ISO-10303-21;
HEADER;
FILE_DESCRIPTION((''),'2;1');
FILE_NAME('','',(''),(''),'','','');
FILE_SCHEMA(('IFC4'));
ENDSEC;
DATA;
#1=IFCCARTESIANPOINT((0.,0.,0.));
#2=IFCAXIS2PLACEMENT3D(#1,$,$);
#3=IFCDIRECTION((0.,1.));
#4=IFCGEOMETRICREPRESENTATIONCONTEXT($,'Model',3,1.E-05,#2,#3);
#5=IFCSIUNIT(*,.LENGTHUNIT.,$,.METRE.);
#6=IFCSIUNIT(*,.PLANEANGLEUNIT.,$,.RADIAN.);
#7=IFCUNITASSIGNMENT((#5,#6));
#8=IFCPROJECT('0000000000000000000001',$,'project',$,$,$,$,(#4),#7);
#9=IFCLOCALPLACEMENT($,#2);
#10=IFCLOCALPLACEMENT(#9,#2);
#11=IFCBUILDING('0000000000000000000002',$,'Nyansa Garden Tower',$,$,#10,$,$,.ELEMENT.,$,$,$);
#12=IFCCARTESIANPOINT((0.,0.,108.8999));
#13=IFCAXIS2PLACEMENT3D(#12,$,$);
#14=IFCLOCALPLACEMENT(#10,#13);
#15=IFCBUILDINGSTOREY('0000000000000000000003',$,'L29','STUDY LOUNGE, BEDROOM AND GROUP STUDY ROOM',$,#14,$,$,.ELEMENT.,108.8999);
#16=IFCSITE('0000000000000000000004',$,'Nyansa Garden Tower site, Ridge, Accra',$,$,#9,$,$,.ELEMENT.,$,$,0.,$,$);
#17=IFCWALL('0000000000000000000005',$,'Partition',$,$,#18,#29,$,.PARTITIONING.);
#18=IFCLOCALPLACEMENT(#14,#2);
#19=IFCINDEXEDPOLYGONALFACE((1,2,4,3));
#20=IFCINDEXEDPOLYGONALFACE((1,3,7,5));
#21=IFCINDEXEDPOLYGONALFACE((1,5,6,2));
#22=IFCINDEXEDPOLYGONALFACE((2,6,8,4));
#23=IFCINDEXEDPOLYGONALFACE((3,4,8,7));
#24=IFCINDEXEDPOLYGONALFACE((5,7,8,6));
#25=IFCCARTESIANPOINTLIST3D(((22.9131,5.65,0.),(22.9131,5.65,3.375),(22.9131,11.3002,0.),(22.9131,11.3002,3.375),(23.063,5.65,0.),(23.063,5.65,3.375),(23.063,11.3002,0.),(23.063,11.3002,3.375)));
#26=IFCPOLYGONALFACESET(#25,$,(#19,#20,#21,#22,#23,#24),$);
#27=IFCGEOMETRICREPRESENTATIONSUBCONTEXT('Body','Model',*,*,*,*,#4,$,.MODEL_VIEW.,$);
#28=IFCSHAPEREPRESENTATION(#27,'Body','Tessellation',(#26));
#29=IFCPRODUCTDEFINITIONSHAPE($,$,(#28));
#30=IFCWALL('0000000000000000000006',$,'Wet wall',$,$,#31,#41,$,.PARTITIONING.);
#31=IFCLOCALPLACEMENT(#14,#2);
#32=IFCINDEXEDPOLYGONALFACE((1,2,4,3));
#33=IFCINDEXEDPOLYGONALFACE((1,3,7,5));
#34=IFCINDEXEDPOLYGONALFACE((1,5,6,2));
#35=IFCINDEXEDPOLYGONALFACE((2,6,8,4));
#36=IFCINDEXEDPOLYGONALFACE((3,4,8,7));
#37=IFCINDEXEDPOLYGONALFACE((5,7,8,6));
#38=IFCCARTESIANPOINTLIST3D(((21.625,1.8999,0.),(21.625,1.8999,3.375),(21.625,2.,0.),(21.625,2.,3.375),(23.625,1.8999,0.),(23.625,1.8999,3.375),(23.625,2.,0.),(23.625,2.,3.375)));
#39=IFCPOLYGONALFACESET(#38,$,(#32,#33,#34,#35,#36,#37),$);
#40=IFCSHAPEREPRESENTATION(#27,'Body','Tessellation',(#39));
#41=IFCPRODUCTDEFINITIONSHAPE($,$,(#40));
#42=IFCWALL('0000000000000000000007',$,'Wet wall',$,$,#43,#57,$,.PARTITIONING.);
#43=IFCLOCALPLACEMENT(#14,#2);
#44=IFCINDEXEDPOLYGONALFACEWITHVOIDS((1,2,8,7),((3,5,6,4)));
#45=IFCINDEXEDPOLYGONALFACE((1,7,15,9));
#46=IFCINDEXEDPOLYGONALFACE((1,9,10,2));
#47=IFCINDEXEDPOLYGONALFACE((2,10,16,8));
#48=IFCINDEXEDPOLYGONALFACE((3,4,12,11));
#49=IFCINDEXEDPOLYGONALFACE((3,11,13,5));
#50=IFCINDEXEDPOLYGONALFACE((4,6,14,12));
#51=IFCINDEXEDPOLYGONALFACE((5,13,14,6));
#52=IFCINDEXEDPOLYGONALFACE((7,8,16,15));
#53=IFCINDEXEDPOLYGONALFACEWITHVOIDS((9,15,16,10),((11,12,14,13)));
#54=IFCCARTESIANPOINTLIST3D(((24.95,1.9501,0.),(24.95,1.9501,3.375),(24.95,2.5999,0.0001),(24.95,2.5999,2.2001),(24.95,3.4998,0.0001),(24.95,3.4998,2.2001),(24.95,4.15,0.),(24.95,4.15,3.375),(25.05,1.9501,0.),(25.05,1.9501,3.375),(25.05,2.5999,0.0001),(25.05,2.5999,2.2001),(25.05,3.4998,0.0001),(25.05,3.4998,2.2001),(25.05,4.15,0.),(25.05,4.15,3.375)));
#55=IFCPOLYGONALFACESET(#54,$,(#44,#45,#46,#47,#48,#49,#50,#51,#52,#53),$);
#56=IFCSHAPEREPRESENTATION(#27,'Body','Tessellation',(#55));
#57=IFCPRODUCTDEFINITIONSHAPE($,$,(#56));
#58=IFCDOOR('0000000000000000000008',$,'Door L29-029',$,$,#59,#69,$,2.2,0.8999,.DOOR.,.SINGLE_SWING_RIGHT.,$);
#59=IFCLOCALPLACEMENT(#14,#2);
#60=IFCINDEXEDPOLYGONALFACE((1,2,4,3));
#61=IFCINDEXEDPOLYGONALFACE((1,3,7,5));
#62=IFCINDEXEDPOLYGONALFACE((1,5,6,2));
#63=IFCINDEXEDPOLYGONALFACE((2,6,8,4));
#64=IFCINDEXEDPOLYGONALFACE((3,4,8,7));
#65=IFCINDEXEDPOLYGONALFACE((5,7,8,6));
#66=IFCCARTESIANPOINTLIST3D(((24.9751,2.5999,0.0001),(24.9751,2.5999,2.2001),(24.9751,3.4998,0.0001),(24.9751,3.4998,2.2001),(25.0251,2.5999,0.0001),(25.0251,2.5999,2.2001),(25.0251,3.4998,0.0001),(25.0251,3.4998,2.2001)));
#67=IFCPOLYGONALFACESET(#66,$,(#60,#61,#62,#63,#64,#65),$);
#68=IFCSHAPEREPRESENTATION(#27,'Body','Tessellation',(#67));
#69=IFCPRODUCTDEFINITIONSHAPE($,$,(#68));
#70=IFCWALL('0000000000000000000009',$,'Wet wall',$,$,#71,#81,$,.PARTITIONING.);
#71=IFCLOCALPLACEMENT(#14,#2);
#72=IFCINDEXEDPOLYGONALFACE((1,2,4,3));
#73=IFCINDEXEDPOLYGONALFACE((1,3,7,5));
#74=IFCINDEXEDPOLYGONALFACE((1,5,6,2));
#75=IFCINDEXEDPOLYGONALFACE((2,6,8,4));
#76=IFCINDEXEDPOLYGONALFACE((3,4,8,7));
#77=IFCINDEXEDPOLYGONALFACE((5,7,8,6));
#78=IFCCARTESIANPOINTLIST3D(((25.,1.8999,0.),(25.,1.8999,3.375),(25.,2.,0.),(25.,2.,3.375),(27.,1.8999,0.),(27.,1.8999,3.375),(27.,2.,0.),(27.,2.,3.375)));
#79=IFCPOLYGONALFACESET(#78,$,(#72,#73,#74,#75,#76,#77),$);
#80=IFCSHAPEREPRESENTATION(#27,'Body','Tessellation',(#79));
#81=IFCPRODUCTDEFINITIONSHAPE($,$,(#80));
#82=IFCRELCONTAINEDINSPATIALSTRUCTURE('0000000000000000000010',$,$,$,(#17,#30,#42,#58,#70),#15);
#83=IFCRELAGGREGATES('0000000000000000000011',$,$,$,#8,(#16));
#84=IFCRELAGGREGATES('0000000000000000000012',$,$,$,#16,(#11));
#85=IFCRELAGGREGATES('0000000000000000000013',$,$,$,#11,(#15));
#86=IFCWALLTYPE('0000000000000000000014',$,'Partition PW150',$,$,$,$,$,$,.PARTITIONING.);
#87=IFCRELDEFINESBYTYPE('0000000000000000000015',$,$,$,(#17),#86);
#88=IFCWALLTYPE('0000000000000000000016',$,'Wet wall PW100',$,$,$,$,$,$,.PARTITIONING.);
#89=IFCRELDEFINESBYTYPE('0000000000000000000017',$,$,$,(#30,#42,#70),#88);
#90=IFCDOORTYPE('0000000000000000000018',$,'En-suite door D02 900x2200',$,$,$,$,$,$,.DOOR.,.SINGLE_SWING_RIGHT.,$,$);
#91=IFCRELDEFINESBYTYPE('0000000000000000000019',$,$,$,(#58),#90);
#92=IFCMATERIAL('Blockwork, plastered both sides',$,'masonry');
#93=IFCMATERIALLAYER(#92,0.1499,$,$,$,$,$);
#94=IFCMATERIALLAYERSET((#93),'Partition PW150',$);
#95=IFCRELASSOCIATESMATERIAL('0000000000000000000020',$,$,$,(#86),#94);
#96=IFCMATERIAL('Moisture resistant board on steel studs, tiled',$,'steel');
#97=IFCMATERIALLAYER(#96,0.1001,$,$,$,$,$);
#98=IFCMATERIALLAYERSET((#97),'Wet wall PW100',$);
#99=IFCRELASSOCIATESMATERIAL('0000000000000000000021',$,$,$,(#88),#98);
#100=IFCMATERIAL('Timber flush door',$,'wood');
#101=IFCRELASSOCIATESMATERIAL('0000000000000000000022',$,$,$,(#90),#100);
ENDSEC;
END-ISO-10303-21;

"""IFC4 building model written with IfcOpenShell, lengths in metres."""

from ifc_helpers import new_model, si_unit, direction, frame, frame_2d, origin, place, context, subcontext, project, spatial, rectangle, extrude, material, layer, layer_set, type_object, element, fill, save


model = new_model("IFC4")

# Units and contexts
model_context = context("Model", 3, precision=1e-05, world=origin(), true_north=direction((0.0, 1.0)))
body_context = subcontext(model_context, "Body", "Model", "MODEL_VIEW")
ifc_project = project(units=[si_unit("LENGTHUNIT", "METRE"), si_unit("PLANEANGLEUNIT", "RADIAN")], contexts=[model_context])

# Site, building, storey
site_placement = place(None, origin())
site = spatial("IfcSite", under=ifc_project, at=site_placement, Name="Nyansa Garden Tower site, Ridge, Accra", CompositionType="ELEMENT", RefElevation=0.0)
building_placement = place(site_placement, origin())
building = spatial("IfcBuilding", under=site, at=building_placement, Name="Nyansa Garden Tower", CompositionType="ELEMENT")
storey_placement = place(building_placement, frame((0.0, 0.0, 108.8999)))
storey = spatial("IfcBuildingStorey", under=building, at=storey_placement, Name="L29", Description="STUDY LOUNGE, BEDROOM AND GROUP STUDY ROOM", CompositionType="ELEMENT", Elevation=108.8999)

# Shared definitions
ifc_material_1 = material(Name="Blockwork, plastered both sides", Category="masonry")
ifc_layer_1 = layer(ifc_material_1, 0.1499)
ifc_layer_set_1 = layer_set([ifc_layer_1], Name="Partition PW150")
wall_type_1 = type_object("IfcWallType", Name="Partition PW150", PredefinedType="PARTITIONING", material=ifc_layer_set_1)

# Walls
wall_1_placement = place(storey_placement, frame((22.988, 5.6499, 0.0), z_axis=(0.0, 0.0, 1.0), x_axis=(0.0, 1.0, 0.0)))
element("IfcWall", 1, at=wall_1_placement, inside=storey, type_object=wall_type_1, Name="Partition", PredefinedType="PARTITIONING", context=body_context, shape_type="SweptSolid", body=[
    extrude(rectangle(XDim=5.6501, YDim=0.1499, at=frame_2d((2.8252, 0.0))), origin(), (0.0, 0.0, 1.0), 3.375),
])
ifc_material_2 = material(Name="Moisture resistant board on steel studs, tiled", Category="steel")
ifc_layer_2 = layer(ifc_material_2, 0.1001)
ifc_layer_set_2 = layer_set([ifc_layer_2], Name="Wet wall PW100")
wall_type_2 = type_object("IfcWallType", Name="Wet wall PW100", PredefinedType="PARTITIONING", material=ifc_layer_set_2)
wall_2_placement = place(storey_placement, frame((21.625, 1.95, 0.0), z_axis=(0.0, 0.0, 1.0), x_axis=(1.0, 0.0, 0.0)))
element("IfcWall", 2, at=wall_2_placement, inside=storey, type_object=wall_type_2, Name="Wet wall", PredefinedType="PARTITIONING", context=body_context, shape_type="SweptSolid", body=[
    extrude(rectangle(XDim=2.0, YDim=0.1001, at=frame_2d((1.0, 0.0))), origin(), (0.0, 0.0, 1.0), 3.375),
])

# Wall, opening, door
wall_3_placement = place(storey_placement, frame((25.0, 1.95, 0.0), z_axis=(0.0, 0.0, 1.0), x_axis=(0.0, 1.0, 0.0)))
wall_3 = element("IfcWall", 3, at=wall_3_placement, inside=storey, type_object=wall_type_2, Name="Wet wall", PredefinedType="PARTITIONING", context=body_context, shape_type="SweptSolid", body=[
    extrude(rectangle(XDim=2.2, YDim=0.1001, at=frame_2d((1.1001, 0.0))), origin(), (0.0, 0.0, 1.0), 3.375),
])
opening_1_placement = place(wall_3_placement, frame((0.6499, 0.0, 0.0)))
opening_1 = element("IfcOpeningElement", 4, at=opening_1_placement, cuts=wall_3, PredefinedType="OPENING", context=body_context, shape_type="SweptSolid", body=[
    extrude(rectangle(XDim=0.8999, YDim=2.2, at=frame_2d((0.45, 1.1001))), frame((0.0, 0.0601, 0.0), z_axis=(0.0, -1.0, 0.0), x_axis=(1.0, 0.0, 0.0)), (0.0, 0.0, 1.0), 0.1201),
])
ifc_material_3 = material(Name="Timber flush door", Category="wood")
door_type_1 = type_object("IfcDoorType", Name="En-suite door D02 900x2200", OperationType="SINGLE_SWING_RIGHT", PredefinedType="DOOR", material=ifc_material_3)
door_1_placement = place(opening_1_placement, origin())
door_1 = element("IfcDoor", 5, at=door_1_placement, inside=storey, type_object=door_type_1, Name="Door L29-029", OperationType="SINGLE_SWING_RIGHT", OverallHeight=2.2, OverallWidth=0.8999, PredefinedType="DOOR", context=body_context, shape_type="SweptSolid", body=[
    extrude(rectangle(XDim=0.8999, YDim=2.2, at=frame_2d((0.45, 1.1001))), frame((0.0, 0.0249, 0.0), z_axis=(0.0, -1.0, 0.0), x_axis=(1.0, 0.0, 0.0)), (0.0, 0.0, 1.0), 0.05),
])
fill(opening_1, door_1)

# Wall
wall_4_placement = place(storey_placement, frame((25.0, 1.95, 0.0), z_axis=(0.0, 0.0, 1.0), x_axis=(1.0, 0.0, 0.0)))
element("IfcWall", 6, at=wall_4_placement, inside=storey, type_object=wall_type_2, Name="Wet wall", PredefinedType="PARTITIONING", context=body_context, shape_type="SweptSolid", body=[
    extrude(rectangle(XDim=2.0, YDim=0.1001, at=frame_2d((1.0, 0.0))), origin(), (0.0, 0.0, 1.0), 3.375),
])

save(model, "model.ifc")
